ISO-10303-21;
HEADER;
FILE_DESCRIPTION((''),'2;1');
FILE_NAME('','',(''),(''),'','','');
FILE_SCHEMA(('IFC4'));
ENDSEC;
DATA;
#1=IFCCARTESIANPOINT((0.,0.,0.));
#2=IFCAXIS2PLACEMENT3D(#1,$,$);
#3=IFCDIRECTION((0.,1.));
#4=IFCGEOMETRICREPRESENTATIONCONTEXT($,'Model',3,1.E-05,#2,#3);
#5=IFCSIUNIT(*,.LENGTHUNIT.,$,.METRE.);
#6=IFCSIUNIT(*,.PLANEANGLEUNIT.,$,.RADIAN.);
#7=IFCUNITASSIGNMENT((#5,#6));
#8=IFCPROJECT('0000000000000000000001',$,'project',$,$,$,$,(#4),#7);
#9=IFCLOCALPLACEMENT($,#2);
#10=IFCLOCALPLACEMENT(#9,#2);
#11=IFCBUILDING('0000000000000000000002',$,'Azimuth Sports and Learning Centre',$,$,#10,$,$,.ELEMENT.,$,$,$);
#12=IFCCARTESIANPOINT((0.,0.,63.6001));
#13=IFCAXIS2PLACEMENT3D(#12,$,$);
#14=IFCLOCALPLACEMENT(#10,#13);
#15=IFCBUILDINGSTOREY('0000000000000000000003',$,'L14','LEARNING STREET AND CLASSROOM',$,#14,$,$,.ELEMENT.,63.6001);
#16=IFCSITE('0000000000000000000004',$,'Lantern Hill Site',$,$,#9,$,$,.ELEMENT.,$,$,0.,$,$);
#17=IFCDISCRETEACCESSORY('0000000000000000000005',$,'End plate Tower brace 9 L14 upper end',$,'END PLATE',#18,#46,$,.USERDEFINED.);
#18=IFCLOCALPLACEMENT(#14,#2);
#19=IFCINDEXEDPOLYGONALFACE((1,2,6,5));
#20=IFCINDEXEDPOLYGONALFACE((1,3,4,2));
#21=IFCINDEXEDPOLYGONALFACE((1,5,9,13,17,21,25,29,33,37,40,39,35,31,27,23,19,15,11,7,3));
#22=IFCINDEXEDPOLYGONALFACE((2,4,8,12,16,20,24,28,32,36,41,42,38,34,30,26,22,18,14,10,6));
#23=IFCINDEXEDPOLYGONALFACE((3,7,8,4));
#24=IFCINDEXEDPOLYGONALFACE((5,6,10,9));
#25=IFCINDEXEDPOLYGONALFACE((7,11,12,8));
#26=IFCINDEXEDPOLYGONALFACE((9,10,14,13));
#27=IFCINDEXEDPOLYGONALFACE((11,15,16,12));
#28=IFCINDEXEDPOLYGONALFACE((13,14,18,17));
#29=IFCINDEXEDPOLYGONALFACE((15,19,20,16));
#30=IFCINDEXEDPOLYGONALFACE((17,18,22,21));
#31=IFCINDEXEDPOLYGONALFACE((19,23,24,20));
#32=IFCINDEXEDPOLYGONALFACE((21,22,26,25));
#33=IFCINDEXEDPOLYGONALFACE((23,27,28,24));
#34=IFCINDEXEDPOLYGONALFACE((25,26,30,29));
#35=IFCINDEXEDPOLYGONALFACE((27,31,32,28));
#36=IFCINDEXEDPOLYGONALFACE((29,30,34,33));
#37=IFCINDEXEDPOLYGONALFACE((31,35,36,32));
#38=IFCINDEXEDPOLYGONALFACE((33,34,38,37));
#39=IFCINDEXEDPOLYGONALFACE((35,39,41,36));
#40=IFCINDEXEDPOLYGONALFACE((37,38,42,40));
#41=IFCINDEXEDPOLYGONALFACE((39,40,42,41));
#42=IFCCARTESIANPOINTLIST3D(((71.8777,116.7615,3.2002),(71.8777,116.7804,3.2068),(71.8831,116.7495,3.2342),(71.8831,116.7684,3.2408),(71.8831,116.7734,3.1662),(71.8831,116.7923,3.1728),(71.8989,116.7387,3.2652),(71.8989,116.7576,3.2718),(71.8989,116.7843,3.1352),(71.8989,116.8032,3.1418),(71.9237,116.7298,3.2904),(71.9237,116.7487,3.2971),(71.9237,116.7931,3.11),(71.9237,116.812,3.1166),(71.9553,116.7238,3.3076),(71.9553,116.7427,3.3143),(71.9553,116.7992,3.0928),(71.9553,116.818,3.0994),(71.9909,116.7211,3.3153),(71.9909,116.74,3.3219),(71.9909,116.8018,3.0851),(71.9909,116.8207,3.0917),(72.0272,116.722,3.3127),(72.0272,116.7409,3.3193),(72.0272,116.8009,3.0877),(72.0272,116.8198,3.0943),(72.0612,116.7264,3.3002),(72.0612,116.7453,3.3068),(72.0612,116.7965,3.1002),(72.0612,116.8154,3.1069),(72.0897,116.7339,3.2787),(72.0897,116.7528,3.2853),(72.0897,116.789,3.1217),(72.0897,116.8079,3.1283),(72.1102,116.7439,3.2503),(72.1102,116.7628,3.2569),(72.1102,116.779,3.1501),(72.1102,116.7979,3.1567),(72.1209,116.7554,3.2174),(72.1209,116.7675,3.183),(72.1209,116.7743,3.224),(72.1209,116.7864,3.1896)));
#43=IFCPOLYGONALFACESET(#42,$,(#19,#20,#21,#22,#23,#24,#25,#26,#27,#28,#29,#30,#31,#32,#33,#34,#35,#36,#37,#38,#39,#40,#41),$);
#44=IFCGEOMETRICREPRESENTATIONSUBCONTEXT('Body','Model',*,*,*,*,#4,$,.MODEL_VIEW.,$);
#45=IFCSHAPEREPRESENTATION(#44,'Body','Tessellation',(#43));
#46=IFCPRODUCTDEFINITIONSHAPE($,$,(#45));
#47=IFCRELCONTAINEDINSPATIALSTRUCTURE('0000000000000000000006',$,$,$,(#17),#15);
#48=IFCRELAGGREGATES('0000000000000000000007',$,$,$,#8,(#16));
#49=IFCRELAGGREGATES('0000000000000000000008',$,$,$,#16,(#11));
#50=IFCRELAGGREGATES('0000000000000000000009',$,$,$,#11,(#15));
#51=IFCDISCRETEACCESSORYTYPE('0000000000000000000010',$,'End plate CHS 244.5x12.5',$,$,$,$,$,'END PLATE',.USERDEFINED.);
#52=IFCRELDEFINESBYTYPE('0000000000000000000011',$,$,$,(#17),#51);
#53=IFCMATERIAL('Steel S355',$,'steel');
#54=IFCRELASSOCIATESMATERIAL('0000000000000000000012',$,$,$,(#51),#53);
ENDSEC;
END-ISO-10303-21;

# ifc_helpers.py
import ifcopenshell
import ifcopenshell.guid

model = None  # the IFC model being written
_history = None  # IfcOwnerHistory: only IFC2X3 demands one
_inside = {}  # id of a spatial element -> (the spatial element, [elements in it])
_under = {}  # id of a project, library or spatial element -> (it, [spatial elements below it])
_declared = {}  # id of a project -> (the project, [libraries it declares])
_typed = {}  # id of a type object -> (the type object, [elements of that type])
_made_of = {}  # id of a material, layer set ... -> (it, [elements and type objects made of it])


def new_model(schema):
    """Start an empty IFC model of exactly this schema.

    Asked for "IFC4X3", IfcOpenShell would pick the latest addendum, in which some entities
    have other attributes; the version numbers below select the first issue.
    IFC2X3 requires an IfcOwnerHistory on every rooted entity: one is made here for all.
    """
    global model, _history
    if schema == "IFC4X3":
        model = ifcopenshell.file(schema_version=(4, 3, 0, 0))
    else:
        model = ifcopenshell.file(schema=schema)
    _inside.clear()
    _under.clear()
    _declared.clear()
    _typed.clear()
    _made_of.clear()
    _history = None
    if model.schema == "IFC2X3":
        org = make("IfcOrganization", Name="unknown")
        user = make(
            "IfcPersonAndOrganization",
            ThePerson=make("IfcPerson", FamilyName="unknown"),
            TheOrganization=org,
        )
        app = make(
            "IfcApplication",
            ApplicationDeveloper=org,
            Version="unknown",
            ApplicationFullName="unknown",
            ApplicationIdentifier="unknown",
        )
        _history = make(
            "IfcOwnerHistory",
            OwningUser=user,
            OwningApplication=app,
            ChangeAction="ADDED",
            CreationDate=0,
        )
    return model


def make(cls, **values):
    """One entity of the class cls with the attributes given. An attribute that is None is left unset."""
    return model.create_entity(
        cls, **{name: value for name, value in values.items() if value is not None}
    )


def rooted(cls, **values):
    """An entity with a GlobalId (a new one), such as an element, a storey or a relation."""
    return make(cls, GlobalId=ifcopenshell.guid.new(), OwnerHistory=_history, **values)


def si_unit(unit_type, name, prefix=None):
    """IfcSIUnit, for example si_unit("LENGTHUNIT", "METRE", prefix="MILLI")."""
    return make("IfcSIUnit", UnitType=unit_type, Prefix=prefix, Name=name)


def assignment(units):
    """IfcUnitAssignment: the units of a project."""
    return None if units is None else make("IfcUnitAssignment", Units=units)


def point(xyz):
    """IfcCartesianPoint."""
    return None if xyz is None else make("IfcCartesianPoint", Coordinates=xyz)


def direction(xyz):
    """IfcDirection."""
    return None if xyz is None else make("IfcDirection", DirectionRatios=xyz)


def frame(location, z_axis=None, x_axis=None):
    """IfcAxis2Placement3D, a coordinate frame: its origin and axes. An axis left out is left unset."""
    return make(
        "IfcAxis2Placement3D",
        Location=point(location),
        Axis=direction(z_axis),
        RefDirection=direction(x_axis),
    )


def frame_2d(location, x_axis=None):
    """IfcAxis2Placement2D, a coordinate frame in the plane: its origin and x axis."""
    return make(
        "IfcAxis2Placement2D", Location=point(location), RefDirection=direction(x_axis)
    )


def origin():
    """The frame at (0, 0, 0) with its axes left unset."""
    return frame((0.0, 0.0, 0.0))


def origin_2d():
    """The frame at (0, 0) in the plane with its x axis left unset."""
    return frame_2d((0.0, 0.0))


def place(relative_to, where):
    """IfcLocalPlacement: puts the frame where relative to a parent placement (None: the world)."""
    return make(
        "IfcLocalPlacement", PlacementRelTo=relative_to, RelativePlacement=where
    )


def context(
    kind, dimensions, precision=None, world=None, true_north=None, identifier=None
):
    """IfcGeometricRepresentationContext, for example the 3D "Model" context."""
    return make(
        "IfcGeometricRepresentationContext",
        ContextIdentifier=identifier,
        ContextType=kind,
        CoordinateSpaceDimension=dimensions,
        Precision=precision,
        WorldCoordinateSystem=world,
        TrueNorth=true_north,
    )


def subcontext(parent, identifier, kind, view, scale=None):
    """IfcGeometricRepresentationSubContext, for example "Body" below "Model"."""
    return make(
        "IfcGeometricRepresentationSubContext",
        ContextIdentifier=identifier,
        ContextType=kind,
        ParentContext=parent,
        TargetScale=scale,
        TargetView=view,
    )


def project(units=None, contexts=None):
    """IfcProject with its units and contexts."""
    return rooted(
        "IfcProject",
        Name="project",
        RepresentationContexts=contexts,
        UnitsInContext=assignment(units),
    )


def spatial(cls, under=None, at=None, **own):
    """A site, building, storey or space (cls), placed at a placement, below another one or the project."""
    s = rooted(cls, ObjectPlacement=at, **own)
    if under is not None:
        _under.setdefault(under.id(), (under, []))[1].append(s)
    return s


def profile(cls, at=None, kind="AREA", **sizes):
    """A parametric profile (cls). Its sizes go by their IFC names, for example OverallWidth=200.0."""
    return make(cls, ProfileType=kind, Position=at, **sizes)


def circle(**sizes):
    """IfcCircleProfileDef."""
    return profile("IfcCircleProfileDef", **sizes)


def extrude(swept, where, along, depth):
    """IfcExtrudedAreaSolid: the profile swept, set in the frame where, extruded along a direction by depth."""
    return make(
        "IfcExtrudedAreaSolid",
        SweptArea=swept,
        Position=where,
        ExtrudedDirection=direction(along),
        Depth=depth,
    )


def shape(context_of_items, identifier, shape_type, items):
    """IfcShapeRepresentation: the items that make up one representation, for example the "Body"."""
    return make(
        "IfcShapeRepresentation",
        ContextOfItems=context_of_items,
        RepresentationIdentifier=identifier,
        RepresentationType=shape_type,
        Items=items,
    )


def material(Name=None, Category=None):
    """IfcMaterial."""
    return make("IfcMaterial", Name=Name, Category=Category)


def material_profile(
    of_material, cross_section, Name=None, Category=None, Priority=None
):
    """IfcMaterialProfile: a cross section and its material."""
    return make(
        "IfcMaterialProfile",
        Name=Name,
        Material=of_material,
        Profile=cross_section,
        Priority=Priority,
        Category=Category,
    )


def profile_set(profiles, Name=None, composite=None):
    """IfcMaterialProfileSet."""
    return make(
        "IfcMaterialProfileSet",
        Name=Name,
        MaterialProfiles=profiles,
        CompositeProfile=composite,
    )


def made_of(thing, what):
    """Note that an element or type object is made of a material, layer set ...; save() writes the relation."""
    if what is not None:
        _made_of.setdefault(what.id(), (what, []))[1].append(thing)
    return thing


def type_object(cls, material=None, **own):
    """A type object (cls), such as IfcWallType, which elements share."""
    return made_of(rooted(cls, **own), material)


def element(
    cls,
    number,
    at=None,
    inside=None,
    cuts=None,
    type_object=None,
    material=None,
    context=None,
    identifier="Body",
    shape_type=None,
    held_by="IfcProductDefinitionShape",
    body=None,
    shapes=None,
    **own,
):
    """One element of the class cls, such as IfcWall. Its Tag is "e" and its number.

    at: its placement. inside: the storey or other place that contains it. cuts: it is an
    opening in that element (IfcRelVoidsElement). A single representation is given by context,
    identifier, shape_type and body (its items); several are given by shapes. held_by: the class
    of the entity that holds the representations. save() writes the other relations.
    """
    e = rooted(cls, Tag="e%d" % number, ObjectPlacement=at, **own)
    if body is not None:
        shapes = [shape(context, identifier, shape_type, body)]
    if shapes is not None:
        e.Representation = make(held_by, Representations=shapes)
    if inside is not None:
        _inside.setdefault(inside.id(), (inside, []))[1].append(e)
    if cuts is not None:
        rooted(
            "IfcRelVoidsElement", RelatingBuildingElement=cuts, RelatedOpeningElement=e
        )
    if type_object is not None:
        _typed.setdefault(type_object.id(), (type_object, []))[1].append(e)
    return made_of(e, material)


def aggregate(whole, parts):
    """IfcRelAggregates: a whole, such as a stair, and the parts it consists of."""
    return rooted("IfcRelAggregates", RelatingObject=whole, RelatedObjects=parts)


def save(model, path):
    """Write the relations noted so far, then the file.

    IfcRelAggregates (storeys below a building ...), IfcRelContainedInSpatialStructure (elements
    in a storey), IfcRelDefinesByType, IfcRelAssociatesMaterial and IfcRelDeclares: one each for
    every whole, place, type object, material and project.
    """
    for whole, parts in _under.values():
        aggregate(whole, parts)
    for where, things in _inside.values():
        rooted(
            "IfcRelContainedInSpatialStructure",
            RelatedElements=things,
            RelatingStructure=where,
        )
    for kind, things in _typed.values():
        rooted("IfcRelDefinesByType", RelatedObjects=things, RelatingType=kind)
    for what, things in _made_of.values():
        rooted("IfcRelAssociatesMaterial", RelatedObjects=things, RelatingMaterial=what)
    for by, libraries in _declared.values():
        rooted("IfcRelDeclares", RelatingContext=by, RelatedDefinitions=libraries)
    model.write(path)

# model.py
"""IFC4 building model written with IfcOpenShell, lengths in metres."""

from ifc_helpers import new_model, si_unit, direction, frame, origin, origin_2d, place, context, subcontext, project, spatial, circle, extrude, material, material_profile, profile_set, type_object, element, save


model = new_model("IFC4")

# Units and contexts
model_context = context("Model", 3, precision=1e-05, world=origin(), true_north=direction((0.0, 1.0)))
body_context = subcontext(model_context, "Body", "Model", "MODEL_VIEW")
ifc_project = project(units=[si_unit("LENGTHUNIT", "METRE"), si_unit("PLANEANGLEUNIT", "RADIAN")], contexts=[model_context])

# Site, building, storey
site_placement = place(None, origin())
site = spatial("IfcSite", under=ifc_project, at=site_placement, Name="Lantern Hill Site", CompositionType="ELEMENT", RefElevation=0.0)
building_placement = place(site_placement, origin())
building = spatial("IfcBuilding", under=site, at=building_placement, Name="Azimuth Sports and Learning Centre", CompositionType="ELEMENT")
storey_placement = place(building_placement, frame((0.0, 0.0, 63.6001)))
storey = spatial("IfcBuildingStorey", under=building, at=storey_placement, Name="L14", Description="LEARNING STREET AND CLASSROOM", CompositionType="ELEMENT", Elevation=63.6001)

# Discrete accessory
ifc_material_1 = material(Name="Steel S355", Category="steel")
ifc_material_profile_1 = material_profile(ifc_material_1, circle(Radius=0.1223, at=origin_2d()), Name="PL 244 DISC")
ifc_profile_set_1 = profile_set([ifc_material_profile_1], Name="Steel S355")
discrete_accessory_type = type_object("IfcDiscreteAccessoryType", Name="End plate CHS 244.5x12.5", ElementType="END PLATE", PredefinedType="USERDEFINED", material=ifc_profile_set_1)
discrete_accessory_1_placement = place(storey_placement, frame((72.0, 116.7615, 3.2002), z_axis=(0.0, 0.943667, 0.330896), x_axis=(-1.0, 0.0, 0.0)))
element("IfcDiscreteAccessory", 1, at=discrete_accessory_1_placement, inside=storey, type_object=discrete_accessory_type, Name="End plate Tower brace 9 L14 upper end", ObjectType="END PLATE", PredefinedType="USERDEFINED", context=body_context, shape_type="SweptSolid", body=[
    extrude(circle(Radius=0.1223, at=origin_2d()), origin(), (0.0, 0.0, 1.0), 0.02),
])

save(model, "model.ifc")
